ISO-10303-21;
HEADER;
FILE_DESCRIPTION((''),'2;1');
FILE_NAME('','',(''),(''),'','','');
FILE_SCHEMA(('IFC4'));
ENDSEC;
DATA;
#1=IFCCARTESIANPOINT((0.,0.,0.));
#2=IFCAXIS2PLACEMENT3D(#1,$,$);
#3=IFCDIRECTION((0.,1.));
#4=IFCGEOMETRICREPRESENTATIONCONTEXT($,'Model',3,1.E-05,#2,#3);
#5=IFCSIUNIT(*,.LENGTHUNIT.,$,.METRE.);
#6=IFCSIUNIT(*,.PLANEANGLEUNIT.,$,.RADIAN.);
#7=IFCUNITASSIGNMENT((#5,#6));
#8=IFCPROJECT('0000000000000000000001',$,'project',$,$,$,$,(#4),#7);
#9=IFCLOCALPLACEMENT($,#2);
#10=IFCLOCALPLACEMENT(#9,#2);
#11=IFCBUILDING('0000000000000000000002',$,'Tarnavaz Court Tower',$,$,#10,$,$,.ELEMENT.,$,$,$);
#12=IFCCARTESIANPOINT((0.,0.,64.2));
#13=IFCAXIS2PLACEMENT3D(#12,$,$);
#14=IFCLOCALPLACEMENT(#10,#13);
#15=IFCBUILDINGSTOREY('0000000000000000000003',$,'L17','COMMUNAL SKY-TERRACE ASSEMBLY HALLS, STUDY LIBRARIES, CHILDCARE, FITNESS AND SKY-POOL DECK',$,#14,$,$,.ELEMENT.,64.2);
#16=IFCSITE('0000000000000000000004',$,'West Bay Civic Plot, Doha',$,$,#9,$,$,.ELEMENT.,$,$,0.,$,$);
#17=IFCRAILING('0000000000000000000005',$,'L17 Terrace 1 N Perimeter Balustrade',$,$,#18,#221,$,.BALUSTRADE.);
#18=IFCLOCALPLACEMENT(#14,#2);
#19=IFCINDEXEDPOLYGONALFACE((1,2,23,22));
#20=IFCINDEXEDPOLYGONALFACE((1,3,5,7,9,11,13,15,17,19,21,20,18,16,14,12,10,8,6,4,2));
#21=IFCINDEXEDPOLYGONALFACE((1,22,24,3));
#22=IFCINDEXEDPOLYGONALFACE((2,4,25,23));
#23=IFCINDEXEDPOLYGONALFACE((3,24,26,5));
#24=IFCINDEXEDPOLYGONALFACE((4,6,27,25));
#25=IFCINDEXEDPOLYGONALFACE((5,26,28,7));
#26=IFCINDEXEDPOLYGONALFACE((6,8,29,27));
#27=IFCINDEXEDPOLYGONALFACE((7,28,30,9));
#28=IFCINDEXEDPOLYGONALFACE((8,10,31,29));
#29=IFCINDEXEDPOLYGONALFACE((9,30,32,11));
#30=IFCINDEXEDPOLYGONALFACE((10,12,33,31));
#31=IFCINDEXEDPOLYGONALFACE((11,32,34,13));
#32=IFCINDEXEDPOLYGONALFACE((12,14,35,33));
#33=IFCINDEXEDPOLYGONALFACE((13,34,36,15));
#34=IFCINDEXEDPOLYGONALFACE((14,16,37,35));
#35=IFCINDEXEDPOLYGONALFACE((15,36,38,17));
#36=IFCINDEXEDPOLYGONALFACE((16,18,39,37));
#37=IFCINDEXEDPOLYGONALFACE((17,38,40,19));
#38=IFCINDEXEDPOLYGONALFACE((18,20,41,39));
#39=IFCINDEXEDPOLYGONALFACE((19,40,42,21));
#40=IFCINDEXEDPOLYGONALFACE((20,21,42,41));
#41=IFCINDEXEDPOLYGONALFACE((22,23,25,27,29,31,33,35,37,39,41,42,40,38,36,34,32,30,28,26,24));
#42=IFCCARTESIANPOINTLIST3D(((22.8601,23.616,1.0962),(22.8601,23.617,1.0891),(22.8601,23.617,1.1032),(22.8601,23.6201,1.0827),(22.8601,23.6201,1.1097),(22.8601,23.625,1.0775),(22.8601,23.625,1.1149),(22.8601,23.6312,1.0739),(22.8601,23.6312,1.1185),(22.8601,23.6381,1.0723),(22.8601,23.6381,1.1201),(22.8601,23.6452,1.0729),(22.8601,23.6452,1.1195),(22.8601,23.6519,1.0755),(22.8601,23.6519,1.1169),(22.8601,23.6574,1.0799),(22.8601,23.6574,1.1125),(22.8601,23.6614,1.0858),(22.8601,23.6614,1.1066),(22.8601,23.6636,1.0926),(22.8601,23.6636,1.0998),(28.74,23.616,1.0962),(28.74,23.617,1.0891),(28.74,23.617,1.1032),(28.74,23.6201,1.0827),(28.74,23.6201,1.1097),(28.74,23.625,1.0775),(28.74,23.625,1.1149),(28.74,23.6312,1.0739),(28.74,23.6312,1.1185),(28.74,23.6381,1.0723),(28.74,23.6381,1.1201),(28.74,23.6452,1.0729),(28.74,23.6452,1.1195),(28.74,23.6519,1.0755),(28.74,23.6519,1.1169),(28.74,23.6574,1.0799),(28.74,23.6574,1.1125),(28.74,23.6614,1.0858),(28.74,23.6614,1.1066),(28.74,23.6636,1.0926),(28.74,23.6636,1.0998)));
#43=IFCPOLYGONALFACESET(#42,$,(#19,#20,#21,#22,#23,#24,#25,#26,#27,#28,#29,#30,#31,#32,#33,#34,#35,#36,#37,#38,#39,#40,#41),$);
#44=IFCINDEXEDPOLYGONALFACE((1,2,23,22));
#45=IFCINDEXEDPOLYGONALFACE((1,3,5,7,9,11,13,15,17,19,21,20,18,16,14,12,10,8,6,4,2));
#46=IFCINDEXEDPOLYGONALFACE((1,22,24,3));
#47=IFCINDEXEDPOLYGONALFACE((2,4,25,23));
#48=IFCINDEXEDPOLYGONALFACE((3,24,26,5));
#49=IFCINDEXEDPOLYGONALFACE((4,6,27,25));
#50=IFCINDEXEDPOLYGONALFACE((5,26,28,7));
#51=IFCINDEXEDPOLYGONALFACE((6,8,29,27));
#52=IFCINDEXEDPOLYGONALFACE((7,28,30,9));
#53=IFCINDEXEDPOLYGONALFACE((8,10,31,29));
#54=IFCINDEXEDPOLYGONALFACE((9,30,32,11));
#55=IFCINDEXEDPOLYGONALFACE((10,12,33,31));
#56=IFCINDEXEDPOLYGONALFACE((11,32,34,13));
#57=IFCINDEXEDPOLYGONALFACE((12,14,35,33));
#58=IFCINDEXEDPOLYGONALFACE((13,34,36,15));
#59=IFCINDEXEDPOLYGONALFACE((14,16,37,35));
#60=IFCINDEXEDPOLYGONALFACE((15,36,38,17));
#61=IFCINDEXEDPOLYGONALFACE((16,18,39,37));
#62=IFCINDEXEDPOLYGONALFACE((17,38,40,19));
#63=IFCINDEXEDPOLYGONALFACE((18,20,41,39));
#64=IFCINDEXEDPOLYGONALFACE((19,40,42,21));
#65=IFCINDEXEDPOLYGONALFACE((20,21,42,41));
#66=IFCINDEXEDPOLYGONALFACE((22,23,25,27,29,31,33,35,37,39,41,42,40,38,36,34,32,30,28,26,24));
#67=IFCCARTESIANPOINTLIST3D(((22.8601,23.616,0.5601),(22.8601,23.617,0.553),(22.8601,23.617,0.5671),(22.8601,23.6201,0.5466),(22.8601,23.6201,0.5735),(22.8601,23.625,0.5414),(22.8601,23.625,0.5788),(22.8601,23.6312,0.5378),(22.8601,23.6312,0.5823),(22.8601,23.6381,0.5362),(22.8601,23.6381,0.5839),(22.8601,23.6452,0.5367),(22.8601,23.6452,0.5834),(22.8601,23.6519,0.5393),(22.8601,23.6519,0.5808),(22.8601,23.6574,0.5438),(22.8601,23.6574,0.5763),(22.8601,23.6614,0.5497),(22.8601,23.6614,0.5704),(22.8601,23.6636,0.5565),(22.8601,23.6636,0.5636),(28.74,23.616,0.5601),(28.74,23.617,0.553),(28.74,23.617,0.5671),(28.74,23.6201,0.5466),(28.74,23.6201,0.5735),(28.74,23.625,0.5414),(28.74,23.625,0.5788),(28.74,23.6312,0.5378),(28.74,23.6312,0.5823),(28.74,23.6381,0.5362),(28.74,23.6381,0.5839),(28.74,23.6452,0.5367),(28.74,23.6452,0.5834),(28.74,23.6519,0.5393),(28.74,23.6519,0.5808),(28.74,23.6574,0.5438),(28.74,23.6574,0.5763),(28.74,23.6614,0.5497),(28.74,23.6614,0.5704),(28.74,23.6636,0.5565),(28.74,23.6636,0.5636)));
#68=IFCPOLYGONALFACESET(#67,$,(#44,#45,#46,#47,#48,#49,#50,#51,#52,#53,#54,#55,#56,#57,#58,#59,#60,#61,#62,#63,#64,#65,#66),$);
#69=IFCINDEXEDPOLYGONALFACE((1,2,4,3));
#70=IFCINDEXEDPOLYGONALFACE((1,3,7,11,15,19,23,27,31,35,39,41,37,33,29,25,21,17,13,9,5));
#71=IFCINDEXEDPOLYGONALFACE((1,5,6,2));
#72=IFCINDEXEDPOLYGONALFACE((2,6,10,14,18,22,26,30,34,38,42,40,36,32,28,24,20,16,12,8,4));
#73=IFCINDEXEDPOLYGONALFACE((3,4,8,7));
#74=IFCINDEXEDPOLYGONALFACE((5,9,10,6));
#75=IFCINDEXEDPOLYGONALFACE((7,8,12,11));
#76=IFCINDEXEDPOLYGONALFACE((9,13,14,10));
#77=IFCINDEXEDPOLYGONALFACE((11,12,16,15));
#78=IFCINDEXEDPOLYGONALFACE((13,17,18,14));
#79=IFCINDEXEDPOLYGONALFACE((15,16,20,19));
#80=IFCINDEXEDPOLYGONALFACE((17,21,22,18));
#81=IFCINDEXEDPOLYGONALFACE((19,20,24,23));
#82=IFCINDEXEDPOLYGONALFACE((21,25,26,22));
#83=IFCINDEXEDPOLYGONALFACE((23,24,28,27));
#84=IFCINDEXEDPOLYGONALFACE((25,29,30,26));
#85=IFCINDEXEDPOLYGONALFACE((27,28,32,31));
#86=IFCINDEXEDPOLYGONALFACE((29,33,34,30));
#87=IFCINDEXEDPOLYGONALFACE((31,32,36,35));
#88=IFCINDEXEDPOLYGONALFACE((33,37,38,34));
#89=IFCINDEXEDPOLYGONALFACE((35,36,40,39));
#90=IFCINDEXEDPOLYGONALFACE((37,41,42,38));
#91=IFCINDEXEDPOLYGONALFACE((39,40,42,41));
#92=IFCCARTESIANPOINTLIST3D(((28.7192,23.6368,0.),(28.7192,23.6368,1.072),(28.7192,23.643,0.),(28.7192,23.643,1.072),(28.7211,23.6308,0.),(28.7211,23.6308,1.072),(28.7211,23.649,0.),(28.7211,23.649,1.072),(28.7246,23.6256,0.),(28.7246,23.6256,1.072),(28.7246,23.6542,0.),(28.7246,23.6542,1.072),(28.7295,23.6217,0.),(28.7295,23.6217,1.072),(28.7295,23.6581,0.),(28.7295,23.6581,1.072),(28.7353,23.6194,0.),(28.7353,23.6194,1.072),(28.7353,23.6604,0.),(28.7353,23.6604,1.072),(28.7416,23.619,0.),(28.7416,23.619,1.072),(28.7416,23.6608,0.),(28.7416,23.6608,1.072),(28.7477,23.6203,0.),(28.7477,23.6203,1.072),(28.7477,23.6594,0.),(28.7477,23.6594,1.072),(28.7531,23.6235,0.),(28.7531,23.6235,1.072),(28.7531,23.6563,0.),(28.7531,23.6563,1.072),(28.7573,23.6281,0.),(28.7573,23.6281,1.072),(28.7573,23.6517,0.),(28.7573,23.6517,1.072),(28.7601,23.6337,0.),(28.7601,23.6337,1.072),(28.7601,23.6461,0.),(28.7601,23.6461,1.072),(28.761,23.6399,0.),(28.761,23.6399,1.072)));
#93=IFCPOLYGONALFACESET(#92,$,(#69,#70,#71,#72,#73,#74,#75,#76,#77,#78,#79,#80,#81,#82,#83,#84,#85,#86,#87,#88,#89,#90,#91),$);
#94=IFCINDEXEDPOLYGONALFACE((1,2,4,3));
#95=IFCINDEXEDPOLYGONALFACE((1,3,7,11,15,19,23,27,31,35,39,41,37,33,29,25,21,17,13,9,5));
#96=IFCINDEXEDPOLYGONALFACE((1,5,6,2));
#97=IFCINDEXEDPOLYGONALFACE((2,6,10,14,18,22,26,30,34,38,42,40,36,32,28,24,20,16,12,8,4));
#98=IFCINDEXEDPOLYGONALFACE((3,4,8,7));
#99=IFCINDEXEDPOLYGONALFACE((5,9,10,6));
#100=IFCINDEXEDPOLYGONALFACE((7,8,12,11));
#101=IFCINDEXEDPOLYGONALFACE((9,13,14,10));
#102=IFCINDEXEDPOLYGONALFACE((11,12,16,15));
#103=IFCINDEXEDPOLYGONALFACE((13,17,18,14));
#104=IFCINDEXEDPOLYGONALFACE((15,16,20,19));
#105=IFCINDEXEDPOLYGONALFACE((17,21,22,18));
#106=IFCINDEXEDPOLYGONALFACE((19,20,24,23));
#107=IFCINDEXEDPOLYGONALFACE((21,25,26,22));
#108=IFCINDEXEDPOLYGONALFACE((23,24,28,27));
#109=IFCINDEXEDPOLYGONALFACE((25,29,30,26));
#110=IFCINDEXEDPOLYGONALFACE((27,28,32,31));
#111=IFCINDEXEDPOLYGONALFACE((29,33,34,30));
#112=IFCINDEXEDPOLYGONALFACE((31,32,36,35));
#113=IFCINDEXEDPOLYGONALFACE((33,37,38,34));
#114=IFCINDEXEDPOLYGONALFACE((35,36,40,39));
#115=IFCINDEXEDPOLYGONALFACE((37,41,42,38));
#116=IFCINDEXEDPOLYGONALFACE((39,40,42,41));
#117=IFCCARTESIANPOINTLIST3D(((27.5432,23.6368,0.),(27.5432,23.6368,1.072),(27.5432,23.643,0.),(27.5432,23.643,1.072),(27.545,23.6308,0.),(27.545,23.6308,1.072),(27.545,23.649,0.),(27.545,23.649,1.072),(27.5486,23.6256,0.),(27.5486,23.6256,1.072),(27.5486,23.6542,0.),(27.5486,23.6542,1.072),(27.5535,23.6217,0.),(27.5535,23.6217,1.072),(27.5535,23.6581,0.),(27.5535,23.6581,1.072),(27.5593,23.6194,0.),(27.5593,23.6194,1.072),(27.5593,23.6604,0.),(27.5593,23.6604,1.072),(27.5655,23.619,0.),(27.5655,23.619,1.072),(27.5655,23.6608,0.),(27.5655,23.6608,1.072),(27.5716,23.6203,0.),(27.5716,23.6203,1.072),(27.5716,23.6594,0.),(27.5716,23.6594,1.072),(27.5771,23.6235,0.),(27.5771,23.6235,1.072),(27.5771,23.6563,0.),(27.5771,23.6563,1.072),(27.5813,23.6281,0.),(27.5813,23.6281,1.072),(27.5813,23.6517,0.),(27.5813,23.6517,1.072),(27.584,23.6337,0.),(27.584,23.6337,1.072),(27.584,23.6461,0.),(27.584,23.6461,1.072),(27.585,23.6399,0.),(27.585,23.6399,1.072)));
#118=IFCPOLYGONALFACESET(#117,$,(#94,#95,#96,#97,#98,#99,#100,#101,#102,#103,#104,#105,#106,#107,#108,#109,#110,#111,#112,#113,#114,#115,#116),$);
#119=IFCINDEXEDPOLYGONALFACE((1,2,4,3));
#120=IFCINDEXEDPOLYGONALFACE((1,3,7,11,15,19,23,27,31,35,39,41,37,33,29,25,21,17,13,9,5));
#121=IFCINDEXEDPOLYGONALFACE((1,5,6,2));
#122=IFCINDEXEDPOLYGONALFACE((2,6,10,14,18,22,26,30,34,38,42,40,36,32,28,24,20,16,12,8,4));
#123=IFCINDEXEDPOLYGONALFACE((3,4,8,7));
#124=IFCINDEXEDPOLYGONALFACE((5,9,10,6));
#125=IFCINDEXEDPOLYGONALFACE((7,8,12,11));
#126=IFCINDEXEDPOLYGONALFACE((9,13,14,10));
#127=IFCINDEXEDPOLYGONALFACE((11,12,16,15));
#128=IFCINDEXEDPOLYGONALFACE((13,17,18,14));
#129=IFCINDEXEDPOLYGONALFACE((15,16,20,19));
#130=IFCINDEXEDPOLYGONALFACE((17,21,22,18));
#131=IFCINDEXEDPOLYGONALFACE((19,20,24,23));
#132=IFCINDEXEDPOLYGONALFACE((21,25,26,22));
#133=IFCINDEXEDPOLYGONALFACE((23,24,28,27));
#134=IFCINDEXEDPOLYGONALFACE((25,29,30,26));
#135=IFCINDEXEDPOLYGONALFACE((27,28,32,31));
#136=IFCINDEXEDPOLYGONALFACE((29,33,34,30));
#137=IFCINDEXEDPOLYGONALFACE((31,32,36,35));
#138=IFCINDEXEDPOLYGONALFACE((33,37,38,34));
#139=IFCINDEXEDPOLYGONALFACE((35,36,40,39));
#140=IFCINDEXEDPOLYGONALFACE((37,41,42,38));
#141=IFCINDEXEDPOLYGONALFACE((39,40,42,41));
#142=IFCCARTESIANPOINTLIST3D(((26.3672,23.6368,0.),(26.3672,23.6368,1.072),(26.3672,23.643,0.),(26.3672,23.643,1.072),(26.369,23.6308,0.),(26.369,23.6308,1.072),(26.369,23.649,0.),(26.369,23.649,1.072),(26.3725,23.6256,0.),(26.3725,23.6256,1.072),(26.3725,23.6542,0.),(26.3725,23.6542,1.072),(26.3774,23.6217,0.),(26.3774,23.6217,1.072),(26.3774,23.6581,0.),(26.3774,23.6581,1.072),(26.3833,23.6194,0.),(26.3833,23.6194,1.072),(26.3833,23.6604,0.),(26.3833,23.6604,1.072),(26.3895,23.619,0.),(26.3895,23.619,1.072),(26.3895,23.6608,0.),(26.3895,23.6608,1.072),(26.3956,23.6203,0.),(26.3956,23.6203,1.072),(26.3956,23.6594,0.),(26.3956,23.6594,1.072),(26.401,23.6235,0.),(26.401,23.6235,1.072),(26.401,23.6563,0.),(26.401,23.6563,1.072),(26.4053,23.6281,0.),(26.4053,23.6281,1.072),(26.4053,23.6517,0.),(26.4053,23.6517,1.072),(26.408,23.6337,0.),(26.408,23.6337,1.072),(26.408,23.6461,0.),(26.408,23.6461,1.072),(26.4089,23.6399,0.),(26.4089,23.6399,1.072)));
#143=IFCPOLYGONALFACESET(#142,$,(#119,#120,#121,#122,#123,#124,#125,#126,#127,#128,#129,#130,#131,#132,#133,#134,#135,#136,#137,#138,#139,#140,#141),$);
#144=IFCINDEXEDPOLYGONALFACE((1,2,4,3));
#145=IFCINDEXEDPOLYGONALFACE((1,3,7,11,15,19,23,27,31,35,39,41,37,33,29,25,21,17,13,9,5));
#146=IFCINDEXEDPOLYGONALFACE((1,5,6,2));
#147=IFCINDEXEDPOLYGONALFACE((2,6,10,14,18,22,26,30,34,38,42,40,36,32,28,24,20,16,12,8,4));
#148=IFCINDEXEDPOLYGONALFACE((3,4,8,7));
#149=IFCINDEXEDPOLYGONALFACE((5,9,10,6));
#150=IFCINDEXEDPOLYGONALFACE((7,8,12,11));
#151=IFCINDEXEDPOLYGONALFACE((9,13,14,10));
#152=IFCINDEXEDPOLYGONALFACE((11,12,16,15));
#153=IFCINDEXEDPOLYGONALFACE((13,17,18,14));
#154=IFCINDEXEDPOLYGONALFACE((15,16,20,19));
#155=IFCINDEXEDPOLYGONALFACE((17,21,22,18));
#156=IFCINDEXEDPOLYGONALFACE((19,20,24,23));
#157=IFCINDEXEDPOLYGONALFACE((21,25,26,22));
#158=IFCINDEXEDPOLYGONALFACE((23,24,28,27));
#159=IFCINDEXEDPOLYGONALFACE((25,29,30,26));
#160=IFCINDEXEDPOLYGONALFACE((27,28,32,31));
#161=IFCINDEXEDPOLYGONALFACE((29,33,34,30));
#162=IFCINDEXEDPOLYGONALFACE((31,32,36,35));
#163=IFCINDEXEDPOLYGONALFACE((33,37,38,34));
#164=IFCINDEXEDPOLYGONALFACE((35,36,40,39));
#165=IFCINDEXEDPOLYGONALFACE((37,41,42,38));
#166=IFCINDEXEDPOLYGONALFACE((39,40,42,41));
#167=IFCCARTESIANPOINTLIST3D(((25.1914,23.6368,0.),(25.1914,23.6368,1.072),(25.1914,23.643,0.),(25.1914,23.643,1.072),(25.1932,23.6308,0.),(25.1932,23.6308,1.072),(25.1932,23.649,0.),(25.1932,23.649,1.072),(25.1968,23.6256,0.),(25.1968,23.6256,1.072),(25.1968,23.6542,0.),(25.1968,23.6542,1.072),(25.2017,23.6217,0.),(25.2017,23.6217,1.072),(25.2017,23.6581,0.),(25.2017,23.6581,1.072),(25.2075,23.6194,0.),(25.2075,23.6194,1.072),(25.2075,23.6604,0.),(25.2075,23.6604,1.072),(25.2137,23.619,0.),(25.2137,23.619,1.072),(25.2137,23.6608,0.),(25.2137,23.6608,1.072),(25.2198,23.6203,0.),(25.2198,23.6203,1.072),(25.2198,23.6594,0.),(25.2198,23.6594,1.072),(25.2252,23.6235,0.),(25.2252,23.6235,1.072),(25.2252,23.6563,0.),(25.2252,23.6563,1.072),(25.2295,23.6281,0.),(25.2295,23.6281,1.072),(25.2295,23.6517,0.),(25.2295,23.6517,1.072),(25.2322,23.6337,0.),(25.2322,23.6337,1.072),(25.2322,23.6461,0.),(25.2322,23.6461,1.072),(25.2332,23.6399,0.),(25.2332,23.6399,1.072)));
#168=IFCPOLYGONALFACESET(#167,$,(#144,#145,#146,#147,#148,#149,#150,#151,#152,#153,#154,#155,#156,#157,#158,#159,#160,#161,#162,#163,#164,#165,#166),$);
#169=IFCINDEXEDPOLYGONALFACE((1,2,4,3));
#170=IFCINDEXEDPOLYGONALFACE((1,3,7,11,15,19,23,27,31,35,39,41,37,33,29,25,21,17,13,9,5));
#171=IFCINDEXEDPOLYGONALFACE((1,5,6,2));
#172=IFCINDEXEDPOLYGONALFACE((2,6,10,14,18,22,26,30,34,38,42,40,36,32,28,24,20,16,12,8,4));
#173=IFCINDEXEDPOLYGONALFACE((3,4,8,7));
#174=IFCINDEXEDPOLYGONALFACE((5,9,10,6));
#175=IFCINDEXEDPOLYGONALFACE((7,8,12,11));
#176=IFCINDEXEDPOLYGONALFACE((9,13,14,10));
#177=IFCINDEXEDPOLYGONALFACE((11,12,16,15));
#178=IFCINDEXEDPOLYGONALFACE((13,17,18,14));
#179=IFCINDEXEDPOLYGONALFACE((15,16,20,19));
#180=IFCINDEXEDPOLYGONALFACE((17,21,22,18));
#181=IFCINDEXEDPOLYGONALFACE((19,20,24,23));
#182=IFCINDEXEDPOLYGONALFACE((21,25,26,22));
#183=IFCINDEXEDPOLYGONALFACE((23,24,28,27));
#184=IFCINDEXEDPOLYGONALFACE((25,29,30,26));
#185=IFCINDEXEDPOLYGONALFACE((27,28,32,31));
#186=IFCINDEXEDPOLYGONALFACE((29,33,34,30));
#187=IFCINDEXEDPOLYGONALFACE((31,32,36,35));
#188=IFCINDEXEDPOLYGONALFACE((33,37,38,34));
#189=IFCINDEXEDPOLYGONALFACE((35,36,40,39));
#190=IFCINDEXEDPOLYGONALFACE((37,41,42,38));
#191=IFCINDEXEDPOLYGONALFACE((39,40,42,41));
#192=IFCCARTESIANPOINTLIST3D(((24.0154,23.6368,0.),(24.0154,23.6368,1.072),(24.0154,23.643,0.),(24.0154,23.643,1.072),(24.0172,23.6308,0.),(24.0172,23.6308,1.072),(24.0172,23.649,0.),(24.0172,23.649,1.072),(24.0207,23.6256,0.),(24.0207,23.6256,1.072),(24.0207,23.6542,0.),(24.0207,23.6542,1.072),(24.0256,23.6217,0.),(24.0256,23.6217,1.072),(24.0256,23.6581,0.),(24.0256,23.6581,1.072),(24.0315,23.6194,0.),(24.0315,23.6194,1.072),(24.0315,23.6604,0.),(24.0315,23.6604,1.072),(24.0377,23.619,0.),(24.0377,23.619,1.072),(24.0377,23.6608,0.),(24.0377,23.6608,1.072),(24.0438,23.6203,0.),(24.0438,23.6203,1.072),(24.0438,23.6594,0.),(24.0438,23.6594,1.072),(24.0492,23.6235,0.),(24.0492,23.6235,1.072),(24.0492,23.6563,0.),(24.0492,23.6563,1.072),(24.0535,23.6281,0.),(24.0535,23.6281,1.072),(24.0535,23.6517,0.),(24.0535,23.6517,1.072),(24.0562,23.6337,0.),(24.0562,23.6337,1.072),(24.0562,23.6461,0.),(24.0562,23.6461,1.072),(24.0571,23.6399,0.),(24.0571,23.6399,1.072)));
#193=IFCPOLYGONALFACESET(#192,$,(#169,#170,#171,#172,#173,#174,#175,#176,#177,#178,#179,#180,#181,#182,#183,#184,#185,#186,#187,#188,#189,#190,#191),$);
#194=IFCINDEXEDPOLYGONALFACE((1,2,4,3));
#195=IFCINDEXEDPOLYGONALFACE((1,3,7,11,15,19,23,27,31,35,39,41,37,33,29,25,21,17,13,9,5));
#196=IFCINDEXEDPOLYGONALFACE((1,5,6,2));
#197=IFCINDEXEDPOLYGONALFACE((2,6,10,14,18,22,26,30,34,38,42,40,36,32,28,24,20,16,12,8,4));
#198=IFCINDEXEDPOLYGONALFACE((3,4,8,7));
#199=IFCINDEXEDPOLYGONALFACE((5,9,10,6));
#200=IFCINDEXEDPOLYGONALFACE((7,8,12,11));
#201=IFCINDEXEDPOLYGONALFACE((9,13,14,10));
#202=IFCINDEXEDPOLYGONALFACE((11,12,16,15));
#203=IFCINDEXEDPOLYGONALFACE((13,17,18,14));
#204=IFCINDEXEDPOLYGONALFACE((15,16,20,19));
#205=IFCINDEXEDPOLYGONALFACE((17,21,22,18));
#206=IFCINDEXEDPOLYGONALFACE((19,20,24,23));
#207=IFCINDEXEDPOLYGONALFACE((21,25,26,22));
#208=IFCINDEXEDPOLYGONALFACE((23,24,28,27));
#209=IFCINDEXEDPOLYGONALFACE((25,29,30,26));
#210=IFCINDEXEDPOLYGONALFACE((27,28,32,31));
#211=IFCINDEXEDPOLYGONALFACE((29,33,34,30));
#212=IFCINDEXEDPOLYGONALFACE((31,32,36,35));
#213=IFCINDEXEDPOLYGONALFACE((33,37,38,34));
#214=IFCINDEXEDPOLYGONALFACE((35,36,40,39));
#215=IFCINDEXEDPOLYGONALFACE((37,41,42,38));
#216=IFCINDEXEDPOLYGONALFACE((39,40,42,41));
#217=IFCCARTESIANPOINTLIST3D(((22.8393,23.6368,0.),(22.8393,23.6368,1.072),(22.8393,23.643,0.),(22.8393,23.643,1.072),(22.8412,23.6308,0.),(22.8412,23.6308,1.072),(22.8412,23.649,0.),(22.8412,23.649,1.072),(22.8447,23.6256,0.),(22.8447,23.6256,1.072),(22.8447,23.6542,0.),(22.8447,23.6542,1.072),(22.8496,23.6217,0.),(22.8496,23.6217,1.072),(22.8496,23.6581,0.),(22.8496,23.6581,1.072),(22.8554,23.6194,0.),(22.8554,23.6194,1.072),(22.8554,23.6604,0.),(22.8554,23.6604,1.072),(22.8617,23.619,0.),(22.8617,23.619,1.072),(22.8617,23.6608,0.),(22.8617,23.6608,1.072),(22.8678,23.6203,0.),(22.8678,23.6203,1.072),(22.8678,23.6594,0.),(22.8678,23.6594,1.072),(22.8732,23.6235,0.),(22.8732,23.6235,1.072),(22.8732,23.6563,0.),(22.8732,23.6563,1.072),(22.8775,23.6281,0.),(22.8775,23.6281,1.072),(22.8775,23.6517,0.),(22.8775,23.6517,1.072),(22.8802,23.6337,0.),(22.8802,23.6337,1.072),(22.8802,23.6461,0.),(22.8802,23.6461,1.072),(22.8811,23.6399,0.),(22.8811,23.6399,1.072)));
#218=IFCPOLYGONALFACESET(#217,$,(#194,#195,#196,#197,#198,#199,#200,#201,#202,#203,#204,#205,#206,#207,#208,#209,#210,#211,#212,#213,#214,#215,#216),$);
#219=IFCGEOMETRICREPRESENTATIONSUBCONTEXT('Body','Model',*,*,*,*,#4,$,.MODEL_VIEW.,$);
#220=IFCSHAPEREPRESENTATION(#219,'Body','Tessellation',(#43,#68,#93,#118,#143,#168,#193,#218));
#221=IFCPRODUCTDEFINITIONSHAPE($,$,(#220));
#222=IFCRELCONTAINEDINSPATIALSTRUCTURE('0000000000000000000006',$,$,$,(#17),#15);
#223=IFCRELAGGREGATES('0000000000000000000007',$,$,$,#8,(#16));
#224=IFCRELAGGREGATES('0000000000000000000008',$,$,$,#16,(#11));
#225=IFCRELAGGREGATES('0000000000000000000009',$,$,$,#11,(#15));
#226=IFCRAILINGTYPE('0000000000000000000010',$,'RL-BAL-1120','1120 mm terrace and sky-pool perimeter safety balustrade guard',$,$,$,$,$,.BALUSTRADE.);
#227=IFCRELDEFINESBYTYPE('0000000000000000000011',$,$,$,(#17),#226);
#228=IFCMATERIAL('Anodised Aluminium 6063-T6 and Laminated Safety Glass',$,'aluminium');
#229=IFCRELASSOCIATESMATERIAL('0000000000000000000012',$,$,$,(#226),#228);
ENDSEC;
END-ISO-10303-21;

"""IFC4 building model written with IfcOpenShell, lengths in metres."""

from ifc_helpers import new_model, si_unit, direction, frame, origin, origin_2d, place, context, subcontext, project, spatial, circle, extrude, material, type_object, element, save


model = new_model("IFC4")

# Units and contexts
model_context = context("Model", 3, precision=1e-05, world=origin(), true_north=direction((0.0, 1.0)))
body_context = subcontext(model_context, "Body", "Model", "MODEL_VIEW")
ifc_project = project(units=[si_unit("LENGTHUNIT", "METRE"), si_unit("PLANEANGLEUNIT", "RADIAN")], contexts=[model_context])

# Site, building, storey
site_placement = place(None, origin())
site = spatial("IfcSite", under=ifc_project, at=site_placement, Name="West Bay Civic Plot, Doha", CompositionType="ELEMENT", RefElevation=0.0)
building_placement = place(site_placement, origin())
building = spatial("IfcBuilding", under=site, at=building_placement, Name="Tarnavaz Court Tower", CompositionType="ELEMENT")
storey_placement = place(building_placement, frame((0.0, 0.0, 64.2)))
storey = spatial("IfcBuildingStorey", under=building, at=storey_placement, Name="L17", Description="COMMUNAL SKY-TERRACE ASSEMBLY HALLS, STUDY LIBRARIES, CHILDCARE, FITNESS AND SKY-POOL DECK", CompositionType="ELEMENT", Elevation=64.2)

# Railing
ifc_material_1 = material(Name="Anodised Aluminium 6063-T6 and Laminated Safety Glass", Category="aluminium")
railing_type = type_object("IfcRailingType", Name="RL-BAL-1120", Description="1120 mm terrace and sky-pool perimeter safety balustrade guard", PredefinedType="BALUSTRADE", material=ifc_material_1)
railing_1_placement = place(storey_placement, frame((28.74, 23.6399, 0.0)))
element("IfcRailing", 1, at=railing_1_placement, inside=storey, type_object=railing_type, Name="L17 Terrace 1 N Perimeter Balustrade", PredefinedType="BALUSTRADE", context=body_context, shape_type="SweptSolid", body=[
    extrude(circle(Radius=0.0239, at=origin_2d()), frame((0.0, 0.0, 1.0962), z_axis=(-1.0, 0.0, 0.0), x_axis=(0.0, -1.0, 0.0)), (0.0, 0.0, 1.0), 5.8799),
    extrude(circle(Radius=0.0239, at=origin_2d()), frame((0.0, 0.0, 0.5601), z_axis=(-1.0, 0.0, 0.0), x_axis=(0.0, -1.0, 0.0)), (0.0, 0.0, 1.0), 5.8799),
    extrude(circle(Radius=0.021, at=origin_2d()), origin(), (0.0, 0.0, 1.0), 1.072),
    extrude(circle(Radius=0.021, at=origin_2d()), frame((-1.176, 0.0, 0.0)), (0.0, 0.0, 1.0), 1.072),
    extrude(circle(Radius=0.021, at=origin_2d()), frame((-2.3521, 0.0, 0.0)), (0.0, 0.0, 1.0), 1.072),
    extrude(circle(Radius=0.021, at=origin_2d()), frame((-3.5278, 0.0, 0.0)), (0.0, 0.0, 1.0), 1.072),
    extrude(circle(Radius=0.021, at=origin_2d()), frame((-4.7039, 0.0, 0.0)), (0.0, 0.0, 1.0), 1.072),
    extrude(circle(Radius=0.021, at=origin_2d()), frame((-5.8799, 0.0, 0.0)), (0.0, 0.0, 1.0), 1.072),
])

save(model, "model.ifc")
